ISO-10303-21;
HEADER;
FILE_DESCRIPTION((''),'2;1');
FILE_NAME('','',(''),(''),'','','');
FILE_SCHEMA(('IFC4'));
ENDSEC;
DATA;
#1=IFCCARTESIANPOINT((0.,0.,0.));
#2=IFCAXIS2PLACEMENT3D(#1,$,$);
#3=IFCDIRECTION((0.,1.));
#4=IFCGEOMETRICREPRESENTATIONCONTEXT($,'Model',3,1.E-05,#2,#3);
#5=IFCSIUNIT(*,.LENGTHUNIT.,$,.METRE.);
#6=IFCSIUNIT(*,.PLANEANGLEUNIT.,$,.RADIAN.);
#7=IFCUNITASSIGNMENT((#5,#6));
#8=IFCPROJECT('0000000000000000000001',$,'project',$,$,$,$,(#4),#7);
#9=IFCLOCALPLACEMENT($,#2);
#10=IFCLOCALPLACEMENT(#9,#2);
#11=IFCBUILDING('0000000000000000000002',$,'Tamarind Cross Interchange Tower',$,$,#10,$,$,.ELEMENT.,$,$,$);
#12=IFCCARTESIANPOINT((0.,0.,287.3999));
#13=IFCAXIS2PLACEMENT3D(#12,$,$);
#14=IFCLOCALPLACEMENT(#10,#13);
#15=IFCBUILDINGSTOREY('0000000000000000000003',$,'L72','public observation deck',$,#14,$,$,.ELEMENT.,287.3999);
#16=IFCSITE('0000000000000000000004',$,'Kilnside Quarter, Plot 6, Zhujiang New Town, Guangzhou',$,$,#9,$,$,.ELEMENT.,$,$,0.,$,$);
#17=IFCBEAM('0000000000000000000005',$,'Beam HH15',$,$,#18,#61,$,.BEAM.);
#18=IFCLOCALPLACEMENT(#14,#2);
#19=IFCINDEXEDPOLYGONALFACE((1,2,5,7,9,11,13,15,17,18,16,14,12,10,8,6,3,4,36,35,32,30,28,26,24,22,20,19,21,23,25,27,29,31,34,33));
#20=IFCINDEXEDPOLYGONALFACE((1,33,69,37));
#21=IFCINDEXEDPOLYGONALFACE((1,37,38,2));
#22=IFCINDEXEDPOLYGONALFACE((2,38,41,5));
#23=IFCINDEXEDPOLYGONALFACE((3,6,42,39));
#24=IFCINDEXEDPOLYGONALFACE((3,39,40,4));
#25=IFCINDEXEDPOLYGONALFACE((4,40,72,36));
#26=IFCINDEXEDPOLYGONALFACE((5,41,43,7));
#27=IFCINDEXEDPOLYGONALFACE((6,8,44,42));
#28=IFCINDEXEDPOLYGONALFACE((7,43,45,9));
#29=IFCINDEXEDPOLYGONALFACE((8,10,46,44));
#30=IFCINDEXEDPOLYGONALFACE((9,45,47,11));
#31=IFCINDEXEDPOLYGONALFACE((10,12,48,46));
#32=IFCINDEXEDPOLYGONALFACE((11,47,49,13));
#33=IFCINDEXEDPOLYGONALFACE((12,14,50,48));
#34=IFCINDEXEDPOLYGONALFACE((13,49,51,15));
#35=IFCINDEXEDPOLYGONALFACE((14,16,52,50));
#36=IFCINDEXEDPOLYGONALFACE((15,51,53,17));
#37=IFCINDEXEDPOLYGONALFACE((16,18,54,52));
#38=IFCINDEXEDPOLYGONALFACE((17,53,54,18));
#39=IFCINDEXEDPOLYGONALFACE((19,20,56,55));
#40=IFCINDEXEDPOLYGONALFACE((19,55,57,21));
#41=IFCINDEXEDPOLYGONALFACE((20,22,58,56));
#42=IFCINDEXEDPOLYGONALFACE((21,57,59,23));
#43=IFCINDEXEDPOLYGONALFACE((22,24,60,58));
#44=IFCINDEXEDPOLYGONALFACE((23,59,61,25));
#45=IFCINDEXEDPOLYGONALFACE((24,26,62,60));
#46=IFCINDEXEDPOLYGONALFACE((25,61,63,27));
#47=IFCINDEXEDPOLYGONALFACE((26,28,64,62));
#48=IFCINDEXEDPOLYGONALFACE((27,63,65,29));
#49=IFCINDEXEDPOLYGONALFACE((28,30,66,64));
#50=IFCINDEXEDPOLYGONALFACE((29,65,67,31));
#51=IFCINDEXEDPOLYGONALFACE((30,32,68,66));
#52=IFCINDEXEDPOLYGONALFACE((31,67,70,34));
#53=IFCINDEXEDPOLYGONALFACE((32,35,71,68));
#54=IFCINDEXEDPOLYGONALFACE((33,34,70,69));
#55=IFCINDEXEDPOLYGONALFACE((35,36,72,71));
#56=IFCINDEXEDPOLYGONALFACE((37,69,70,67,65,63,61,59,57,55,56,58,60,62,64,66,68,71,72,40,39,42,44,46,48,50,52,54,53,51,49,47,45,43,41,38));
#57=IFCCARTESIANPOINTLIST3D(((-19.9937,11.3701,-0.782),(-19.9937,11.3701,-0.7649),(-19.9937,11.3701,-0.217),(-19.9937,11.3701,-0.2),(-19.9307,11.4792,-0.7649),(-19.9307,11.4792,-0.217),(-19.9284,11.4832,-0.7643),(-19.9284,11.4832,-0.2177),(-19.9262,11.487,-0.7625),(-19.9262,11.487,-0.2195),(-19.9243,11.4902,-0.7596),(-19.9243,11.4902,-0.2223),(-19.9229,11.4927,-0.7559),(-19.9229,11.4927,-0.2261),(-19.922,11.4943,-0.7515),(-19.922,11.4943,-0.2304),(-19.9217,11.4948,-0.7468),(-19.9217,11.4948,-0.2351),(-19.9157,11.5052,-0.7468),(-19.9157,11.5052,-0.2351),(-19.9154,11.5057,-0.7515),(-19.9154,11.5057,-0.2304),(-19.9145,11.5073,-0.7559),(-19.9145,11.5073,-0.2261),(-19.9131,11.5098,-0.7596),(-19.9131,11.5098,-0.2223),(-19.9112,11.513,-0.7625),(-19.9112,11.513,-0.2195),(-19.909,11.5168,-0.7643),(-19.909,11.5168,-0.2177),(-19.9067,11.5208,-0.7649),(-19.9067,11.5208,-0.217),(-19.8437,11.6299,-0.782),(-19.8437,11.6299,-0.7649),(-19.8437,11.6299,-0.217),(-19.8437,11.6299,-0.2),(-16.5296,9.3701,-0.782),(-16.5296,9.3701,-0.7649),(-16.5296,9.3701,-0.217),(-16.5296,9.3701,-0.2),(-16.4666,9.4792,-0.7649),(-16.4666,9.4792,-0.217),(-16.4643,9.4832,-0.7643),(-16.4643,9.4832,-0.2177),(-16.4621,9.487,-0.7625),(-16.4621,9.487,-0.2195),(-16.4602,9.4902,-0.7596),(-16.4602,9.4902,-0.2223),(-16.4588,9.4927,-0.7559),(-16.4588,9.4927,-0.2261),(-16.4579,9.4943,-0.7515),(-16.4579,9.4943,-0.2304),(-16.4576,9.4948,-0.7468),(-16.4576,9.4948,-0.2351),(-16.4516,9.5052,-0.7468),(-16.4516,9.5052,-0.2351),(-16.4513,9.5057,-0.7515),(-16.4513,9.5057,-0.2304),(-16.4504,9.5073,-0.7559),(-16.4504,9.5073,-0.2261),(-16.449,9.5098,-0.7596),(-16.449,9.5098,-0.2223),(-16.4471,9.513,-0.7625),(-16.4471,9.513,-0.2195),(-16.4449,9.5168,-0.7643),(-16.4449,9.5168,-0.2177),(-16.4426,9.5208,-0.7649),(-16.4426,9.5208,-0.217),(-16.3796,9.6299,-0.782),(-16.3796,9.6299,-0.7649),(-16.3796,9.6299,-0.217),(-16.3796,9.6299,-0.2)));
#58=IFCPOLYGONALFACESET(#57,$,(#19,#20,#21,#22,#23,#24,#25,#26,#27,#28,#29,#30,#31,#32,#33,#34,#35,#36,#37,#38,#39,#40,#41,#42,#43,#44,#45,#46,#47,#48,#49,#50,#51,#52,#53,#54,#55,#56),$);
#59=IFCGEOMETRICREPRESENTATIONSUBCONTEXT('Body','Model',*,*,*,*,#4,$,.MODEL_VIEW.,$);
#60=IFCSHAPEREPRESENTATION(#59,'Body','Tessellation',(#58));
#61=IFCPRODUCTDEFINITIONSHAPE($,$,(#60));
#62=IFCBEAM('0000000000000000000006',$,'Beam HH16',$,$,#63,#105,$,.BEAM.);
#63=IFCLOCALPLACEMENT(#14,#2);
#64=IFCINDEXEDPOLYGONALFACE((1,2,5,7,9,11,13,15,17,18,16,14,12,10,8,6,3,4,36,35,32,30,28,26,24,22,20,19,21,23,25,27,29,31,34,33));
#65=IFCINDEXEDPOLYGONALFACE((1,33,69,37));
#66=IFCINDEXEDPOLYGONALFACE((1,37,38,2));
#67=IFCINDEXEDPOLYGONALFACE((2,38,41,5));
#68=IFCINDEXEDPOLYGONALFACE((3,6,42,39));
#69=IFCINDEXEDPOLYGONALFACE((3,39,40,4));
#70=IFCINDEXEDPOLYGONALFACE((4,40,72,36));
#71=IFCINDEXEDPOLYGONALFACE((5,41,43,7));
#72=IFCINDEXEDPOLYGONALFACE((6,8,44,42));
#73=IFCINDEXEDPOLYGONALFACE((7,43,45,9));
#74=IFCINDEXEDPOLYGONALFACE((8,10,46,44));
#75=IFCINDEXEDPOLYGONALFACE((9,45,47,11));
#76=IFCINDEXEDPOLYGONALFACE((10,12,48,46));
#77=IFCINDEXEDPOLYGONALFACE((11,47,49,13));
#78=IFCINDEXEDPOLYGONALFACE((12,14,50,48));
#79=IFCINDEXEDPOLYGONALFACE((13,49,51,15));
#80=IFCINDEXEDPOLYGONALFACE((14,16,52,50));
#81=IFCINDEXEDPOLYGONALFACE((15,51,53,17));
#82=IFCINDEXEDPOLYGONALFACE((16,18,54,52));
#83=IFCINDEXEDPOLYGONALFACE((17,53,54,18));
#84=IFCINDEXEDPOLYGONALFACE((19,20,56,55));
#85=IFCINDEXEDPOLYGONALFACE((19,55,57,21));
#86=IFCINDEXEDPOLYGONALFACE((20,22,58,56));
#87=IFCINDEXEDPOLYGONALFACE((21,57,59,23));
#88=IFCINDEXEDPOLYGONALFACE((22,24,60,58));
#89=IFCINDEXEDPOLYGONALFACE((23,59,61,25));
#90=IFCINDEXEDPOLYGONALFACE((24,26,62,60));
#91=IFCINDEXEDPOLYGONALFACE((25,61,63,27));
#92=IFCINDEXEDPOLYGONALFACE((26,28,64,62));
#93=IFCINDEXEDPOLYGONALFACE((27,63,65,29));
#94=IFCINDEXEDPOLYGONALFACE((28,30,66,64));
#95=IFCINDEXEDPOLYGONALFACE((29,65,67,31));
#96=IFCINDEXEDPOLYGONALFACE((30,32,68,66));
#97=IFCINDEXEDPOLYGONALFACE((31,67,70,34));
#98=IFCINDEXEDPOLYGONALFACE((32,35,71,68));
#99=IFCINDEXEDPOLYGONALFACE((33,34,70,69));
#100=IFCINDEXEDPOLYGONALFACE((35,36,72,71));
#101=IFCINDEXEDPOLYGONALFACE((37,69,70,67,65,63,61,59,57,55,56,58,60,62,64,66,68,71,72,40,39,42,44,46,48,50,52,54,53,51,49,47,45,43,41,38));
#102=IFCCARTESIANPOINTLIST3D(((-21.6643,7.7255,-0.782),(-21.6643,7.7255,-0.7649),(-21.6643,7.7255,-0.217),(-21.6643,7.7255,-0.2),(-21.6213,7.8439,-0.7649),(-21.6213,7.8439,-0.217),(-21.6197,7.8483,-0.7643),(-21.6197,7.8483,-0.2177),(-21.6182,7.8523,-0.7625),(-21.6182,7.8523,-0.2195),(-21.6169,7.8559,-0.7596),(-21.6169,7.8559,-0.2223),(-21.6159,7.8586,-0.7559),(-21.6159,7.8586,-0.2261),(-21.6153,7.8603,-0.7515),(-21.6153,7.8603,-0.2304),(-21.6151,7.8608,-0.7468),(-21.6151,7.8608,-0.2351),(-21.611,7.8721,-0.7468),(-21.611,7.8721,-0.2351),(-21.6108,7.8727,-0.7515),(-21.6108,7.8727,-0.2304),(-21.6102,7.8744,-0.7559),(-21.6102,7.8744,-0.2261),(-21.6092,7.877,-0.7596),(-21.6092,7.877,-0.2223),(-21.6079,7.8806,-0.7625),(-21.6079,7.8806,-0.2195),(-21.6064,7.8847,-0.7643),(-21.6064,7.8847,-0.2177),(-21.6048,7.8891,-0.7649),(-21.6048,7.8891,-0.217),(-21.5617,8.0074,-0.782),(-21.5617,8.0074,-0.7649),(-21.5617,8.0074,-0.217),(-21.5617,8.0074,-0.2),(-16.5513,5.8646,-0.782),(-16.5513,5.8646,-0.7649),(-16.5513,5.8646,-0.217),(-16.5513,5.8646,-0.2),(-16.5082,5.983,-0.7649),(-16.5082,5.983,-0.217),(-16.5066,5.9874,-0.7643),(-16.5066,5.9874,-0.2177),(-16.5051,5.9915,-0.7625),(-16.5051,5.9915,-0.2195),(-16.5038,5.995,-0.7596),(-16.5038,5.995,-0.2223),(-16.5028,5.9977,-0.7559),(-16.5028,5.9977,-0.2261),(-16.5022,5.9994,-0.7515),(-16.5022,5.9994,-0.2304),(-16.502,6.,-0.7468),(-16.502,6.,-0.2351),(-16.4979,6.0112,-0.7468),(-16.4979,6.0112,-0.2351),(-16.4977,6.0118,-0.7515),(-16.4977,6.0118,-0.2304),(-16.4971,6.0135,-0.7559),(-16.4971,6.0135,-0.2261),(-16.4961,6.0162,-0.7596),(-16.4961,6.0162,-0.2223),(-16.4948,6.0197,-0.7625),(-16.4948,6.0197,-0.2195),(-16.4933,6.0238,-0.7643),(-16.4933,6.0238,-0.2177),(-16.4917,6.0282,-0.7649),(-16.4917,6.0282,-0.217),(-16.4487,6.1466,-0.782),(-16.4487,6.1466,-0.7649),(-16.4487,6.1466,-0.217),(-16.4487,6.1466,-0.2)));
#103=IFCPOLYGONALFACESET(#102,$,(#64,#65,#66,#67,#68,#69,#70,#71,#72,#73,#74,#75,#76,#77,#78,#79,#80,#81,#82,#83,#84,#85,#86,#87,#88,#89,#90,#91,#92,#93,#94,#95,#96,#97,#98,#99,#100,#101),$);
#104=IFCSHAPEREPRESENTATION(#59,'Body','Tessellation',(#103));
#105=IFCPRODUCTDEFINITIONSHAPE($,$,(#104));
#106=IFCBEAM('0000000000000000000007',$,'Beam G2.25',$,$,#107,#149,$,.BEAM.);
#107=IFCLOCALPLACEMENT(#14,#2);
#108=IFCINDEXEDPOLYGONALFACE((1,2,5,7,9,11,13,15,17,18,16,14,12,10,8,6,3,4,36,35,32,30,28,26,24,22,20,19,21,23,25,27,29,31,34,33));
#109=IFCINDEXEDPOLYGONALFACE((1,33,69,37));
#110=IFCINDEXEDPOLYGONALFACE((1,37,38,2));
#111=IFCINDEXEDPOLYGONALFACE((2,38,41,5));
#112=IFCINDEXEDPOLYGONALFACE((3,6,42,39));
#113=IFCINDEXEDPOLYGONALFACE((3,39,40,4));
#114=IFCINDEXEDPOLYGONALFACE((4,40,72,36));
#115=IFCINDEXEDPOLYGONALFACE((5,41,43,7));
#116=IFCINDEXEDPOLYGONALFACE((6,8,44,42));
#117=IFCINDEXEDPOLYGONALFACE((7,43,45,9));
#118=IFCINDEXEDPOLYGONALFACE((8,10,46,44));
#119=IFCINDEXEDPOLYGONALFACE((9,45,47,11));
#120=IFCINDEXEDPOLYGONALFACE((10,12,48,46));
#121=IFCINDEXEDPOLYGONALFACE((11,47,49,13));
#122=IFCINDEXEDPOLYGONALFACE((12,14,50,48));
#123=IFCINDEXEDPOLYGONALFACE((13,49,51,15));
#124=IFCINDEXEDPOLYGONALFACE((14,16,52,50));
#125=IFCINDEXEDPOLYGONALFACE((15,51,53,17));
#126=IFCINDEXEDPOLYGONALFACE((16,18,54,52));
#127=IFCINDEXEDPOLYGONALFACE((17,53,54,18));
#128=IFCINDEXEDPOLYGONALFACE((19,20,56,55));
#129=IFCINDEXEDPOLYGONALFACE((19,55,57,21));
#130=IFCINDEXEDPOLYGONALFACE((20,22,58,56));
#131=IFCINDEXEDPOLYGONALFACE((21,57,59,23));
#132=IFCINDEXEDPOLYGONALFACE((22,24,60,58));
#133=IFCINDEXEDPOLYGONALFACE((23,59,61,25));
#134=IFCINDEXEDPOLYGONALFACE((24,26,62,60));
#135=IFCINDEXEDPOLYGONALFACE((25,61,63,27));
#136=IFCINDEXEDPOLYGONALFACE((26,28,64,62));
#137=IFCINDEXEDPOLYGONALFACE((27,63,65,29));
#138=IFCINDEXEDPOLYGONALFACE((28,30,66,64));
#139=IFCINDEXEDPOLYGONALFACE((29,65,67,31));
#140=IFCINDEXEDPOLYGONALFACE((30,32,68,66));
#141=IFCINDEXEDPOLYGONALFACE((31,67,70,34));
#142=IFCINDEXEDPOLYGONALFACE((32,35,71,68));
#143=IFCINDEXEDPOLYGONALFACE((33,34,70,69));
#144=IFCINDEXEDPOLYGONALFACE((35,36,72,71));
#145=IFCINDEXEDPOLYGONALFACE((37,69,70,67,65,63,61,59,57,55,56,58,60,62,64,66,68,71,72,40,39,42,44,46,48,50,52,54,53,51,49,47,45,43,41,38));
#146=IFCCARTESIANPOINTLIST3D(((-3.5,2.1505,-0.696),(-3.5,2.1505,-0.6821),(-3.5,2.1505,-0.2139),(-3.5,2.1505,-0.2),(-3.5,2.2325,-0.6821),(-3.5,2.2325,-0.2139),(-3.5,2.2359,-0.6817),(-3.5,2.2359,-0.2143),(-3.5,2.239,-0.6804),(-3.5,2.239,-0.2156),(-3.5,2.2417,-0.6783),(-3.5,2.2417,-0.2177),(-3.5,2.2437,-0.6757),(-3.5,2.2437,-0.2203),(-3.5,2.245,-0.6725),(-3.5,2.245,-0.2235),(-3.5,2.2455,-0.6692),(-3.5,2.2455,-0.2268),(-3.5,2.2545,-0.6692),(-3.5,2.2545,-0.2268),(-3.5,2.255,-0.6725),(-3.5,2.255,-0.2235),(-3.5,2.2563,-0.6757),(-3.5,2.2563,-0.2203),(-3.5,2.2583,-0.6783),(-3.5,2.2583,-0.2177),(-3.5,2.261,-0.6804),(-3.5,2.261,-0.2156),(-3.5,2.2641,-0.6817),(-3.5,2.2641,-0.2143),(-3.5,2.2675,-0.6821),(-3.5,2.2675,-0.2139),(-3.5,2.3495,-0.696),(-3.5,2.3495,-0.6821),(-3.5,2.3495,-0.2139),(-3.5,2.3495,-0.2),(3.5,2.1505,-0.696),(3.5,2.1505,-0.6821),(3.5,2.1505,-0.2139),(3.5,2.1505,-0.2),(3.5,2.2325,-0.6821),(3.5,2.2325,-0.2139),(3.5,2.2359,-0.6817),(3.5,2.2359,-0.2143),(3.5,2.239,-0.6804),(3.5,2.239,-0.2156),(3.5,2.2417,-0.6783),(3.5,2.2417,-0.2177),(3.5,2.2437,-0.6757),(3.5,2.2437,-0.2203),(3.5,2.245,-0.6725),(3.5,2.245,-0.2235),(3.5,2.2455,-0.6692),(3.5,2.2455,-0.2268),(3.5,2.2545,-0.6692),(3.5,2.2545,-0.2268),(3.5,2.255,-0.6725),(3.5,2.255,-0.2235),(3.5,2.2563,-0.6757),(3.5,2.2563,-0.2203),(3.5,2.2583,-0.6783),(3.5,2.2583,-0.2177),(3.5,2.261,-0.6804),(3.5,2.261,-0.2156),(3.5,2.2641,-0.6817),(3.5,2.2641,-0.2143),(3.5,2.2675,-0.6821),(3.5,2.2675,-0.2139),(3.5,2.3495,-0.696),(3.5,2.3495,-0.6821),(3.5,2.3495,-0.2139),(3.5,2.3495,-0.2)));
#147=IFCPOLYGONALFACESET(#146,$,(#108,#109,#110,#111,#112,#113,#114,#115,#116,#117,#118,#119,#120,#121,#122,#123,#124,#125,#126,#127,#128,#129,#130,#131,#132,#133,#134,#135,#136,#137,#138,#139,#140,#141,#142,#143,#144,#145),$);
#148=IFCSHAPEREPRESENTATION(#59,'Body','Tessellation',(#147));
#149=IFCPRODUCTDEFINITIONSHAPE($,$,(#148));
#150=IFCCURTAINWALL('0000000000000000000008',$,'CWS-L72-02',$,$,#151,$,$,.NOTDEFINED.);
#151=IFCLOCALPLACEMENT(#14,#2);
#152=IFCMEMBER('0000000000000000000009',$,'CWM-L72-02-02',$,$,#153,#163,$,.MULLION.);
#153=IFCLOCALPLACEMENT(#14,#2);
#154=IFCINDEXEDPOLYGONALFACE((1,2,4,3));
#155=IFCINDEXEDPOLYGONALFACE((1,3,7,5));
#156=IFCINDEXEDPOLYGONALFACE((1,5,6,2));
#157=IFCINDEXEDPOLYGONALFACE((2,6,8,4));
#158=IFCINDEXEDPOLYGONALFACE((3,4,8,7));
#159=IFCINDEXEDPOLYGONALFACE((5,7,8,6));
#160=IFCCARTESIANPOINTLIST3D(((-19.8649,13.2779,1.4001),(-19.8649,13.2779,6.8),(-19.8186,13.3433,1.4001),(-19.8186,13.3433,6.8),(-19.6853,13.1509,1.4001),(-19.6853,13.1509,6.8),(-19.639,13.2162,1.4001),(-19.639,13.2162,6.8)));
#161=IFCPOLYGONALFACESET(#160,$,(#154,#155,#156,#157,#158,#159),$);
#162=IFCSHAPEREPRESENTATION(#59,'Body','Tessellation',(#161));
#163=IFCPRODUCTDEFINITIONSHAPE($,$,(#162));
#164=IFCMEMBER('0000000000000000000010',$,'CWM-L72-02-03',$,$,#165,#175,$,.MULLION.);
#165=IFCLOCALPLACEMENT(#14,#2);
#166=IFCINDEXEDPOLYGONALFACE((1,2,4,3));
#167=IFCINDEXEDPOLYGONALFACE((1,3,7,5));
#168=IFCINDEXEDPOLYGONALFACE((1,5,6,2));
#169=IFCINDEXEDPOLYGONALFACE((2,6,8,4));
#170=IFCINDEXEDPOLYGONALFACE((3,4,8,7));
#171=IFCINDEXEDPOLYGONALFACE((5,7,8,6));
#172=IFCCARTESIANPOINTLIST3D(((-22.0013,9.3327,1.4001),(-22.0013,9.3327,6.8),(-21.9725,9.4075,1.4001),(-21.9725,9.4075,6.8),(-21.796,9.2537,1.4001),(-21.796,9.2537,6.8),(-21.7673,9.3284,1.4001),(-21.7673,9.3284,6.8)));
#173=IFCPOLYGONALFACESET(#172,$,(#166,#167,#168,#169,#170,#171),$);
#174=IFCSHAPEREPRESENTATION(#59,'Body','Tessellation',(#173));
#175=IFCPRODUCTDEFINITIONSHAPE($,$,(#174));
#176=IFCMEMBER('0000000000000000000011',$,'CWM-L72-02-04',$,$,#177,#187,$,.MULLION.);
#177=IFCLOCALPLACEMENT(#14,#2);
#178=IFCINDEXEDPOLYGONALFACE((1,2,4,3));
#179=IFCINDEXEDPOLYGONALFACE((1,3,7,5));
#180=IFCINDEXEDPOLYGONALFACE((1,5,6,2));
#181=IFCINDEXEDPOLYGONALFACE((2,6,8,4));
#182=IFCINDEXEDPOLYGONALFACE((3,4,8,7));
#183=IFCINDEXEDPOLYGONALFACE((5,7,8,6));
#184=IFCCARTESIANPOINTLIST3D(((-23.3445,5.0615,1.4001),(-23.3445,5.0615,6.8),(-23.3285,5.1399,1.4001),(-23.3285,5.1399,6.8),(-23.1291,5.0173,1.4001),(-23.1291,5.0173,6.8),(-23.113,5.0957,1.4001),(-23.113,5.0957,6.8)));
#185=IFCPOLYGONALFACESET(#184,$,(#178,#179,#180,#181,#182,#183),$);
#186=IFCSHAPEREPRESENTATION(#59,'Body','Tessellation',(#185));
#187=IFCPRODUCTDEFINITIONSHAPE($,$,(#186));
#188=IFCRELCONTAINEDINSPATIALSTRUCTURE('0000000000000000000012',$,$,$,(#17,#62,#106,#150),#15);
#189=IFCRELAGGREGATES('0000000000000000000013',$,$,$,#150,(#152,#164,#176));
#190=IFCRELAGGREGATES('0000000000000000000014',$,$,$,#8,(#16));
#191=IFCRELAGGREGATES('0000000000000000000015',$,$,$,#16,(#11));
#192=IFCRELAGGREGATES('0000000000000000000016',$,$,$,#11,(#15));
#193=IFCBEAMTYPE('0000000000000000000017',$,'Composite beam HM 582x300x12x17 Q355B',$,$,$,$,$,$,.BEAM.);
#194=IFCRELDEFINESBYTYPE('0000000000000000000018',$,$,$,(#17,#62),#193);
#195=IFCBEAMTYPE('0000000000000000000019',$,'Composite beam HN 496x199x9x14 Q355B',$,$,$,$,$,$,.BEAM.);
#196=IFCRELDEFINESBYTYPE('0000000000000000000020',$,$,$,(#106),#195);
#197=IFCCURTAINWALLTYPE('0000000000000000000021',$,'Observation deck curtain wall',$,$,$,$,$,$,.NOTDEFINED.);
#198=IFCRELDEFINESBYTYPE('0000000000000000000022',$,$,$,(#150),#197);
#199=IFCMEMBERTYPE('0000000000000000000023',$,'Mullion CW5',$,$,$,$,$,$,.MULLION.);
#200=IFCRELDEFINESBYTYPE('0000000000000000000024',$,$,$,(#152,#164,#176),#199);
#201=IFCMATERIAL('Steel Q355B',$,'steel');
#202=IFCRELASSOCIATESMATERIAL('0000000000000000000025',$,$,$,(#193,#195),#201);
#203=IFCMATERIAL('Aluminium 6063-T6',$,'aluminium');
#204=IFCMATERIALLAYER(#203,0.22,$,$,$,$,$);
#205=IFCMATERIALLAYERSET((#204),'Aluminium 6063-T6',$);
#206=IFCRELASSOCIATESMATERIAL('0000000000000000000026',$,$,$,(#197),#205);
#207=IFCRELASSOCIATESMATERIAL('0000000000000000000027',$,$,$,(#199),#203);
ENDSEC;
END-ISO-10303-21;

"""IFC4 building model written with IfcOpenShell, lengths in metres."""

from ifc_helpers import new_model, si_unit, direction, frame, origin, origin_2d, place, context, subcontext, project, spatial, rectangle, i_section, extrude, material, layer, layer_set, material_profile, profile_set, type_object, element, aggregate, save


model = new_model("IFC4")

# Units and contexts
model_context = context("Model", 3, precision=1e-05, world=origin(), true_north=direction((0.0, 1.0)))
body_context = subcontext(model_context, "Body", "Model", "MODEL_VIEW")
ifc_project = project(units=[si_unit("LENGTHUNIT", "METRE"), si_unit("PLANEANGLEUNIT", "RADIAN")], contexts=[model_context])

# Site, building, storey
site_placement = place(None, origin())
site = spatial("IfcSite", under=ifc_project, at=site_placement, Name="Kilnside Quarter, Plot 6, Zhujiang New Town, Guangzhou", CompositionType="ELEMENT", RefElevation=0.0)
building_placement = place(site_placement, origin())
building = spatial("IfcBuilding", under=site, at=building_placement, Name="Tamarind Cross Interchange Tower", CompositionType="ELEMENT")
storey_placement = place(building_placement, frame((0.0, 0.0, 287.3999)))
storey = spatial("IfcBuildingStorey", under=building, at=storey_placement, Name="L72", Description="public observation deck", CompositionType="ELEMENT", Elevation=287.3999)

# Beams
ifc_material_1 = material(Name="Steel Q355B", Category="steel")
ifc_material_profile_1 = material_profile(ifc_material_1, i_section(OverallWidth=0.3, OverallDepth=0.582, WebThickness=0.012, FlangeThickness=0.0171, FilletRadius=0.0181, at=origin_2d()), Name="HM 582x300x12x17")
ifc_profile_set_1 = profile_set([ifc_material_profile_1], Name="Steel Q355B")
beam_type_1 = type_object("IfcBeamType", Name="Composite beam HM 582x300x12x17 Q355B", PredefinedType="BEAM", material=ifc_profile_set_1)
beam_1_placement = place(storey_placement, frame((-19.9187, 11.5, -0.491), z_axis=(0.866026, -0.499999, 0.0), x_axis=(0.499999, 0.866026, 0.0)))
element("IfcBeam", 1, at=beam_1_placement, inside=storey, type_object=beam_type_1, Name="Beam HH15", PredefinedType="BEAM", context=body_context, shape_type="SweptSolid", body=[
    extrude(i_section(OverallWidth=0.3, OverallDepth=0.582, WebThickness=0.012, FlangeThickness=0.0171, FilletRadius=0.0181, at=origin_2d()), origin(), (0.0, 0.0, 1.0), 4.0),
])
beam_2_placement = place(storey_placement, frame((-21.613, 7.8665, -0.491), z_axis=(0.939702, -0.341995, 0.0), x_axis=(0.341995, 0.939702, 0.0)))
element("IfcBeam", 2, at=beam_2_placement, inside=storey, type_object=beam_type_1, Name="Beam HH16", PredefinedType="BEAM", context=body_context, shape_type="SweptSolid", body=[
    extrude(i_section(OverallWidth=0.3, OverallDepth=0.582, WebThickness=0.012, FlangeThickness=0.0171, FilletRadius=0.0181, at=origin_2d()), origin(), (0.0, 0.0, 1.0), 5.4412),
])
ifc_material_profile_2 = material_profile(ifc_material_1, i_section(OverallWidth=0.199, OverallDepth=0.4961, WebThickness=0.009, FlangeThickness=0.0139, FilletRadius=0.0129, at=origin_2d()), Name="HN 496x199x9x14")
ifc_profile_set_2 = profile_set([ifc_material_profile_2], Name="Steel Q355B")
beam_type_2 = type_object("IfcBeamType", Name="Composite beam HN 496x199x9x14 Q355B", PredefinedType="BEAM", material=ifc_profile_set_2)
beam_3_placement = place(storey_placement, frame((-3.5, 2.25, -0.448), z_axis=(1.0, 0.0, 0.0), x_axis=(0.0, 1.0, 0.0)))
element("IfcBeam", 3, at=beam_3_placement, inside=storey, type_object=beam_type_2, Name="Beam G2.25", PredefinedType="BEAM", context=body_context, shape_type="SweptSolid", body=[
    extrude(i_section(OverallWidth=0.199, OverallDepth=0.4961, WebThickness=0.009, FlangeThickness=0.0139, FilletRadius=0.0129, at=origin_2d()), origin(), (0.0, 0.0, 1.0), 7.0),
])

# Curtain wall, members
ifc_material_2 = material(Name="Aluminium 6063-T6", Category="aluminium")
ifc_layer_1 = layer(ifc_material_2, 0.22)
ifc_layer_set_1 = layer_set([ifc_layer_1], Name="Aluminium 6063-T6")
curtain_wall_type = type_object("IfcCurtainWallType", Name="Observation deck curtain wall", PredefinedType="NOTDEFINED", material=ifc_layer_set_1)
curtain_wall_placement = place(storey_placement, origin())
curtain_wall = element("IfcCurtainWall", 4, at=curtain_wall_placement, inside=storey, type_object=curtain_wall_type, Name="CWS-L72-02", PredefinedType="NOTDEFINED")
ifc_material_profile_3 = material_profile(ifc_material_2, rectangle(XDim=0.0801, YDim=0.22, at=origin_2d()), Name="Mullion CW5")
ifc_profile_set_3 = profile_set([ifc_material_profile_3], Name="Aluminium 6063-T6")
member_type = type_object("IfcMemberType", Name="Mullion CW5", PredefinedType="MULLION", material=ifc_profile_set_3)
member_1_placement = place(storey_placement, frame((-19.752, 13.2471, 1.4001), z_axis=(0.0, 0.0, 1.0), x_axis=(-0.577569, -0.816342, 0.0)))
member_1 = element("IfcMember", 5, at=member_1_placement, type_object=member_type, Name="CWM-L72-02-02", PredefinedType="MULLION", context=body_context, shape_type="SweptSolid", body=[
    extrude(rectangle(XDim=0.0801, YDim=0.22, at=origin_2d()), origin(), (0.0, 0.0, 1.0), 5.3999),
])
member_2_placement = place(storey_placement, frame((-21.8843, 9.3306, 1.4001), z_axis=(0.0, 0.0, 1.0), x_axis=(-0.359495, -0.933147, 0.0)))
member_2 = element("IfcMember", 6, at=member_2_placement, type_object=member_type, Name="CWM-L72-02-03", PredefinedType="MULLION", context=body_context, shape_type="SweptSolid", body=[
    extrude(rectangle(XDim=0.0801, YDim=0.22, at=origin_2d()), origin(), (0.0, 0.0, 1.0), 5.3999),
])
member_3_placement = place(storey_placement, frame((-23.2288, 5.0786, 1.4001), z_axis=(0.0, 0.0, 1.0), x_axis=(-0.201001, -0.979591, 0.0)))
member_3 = element("IfcMember", 7, at=member_3_placement, type_object=member_type, Name="CWM-L72-02-04", PredefinedType="MULLION", context=body_context, shape_type="SweptSolid", body=[
    extrude(rectangle(XDim=0.0801, YDim=0.22, at=origin_2d()), origin(), (0.0, 0.0, 1.0), 5.3999),
])
aggregate(curtain_wall, [member_1, member_2, member_3])

save(model, "model.ifc")
